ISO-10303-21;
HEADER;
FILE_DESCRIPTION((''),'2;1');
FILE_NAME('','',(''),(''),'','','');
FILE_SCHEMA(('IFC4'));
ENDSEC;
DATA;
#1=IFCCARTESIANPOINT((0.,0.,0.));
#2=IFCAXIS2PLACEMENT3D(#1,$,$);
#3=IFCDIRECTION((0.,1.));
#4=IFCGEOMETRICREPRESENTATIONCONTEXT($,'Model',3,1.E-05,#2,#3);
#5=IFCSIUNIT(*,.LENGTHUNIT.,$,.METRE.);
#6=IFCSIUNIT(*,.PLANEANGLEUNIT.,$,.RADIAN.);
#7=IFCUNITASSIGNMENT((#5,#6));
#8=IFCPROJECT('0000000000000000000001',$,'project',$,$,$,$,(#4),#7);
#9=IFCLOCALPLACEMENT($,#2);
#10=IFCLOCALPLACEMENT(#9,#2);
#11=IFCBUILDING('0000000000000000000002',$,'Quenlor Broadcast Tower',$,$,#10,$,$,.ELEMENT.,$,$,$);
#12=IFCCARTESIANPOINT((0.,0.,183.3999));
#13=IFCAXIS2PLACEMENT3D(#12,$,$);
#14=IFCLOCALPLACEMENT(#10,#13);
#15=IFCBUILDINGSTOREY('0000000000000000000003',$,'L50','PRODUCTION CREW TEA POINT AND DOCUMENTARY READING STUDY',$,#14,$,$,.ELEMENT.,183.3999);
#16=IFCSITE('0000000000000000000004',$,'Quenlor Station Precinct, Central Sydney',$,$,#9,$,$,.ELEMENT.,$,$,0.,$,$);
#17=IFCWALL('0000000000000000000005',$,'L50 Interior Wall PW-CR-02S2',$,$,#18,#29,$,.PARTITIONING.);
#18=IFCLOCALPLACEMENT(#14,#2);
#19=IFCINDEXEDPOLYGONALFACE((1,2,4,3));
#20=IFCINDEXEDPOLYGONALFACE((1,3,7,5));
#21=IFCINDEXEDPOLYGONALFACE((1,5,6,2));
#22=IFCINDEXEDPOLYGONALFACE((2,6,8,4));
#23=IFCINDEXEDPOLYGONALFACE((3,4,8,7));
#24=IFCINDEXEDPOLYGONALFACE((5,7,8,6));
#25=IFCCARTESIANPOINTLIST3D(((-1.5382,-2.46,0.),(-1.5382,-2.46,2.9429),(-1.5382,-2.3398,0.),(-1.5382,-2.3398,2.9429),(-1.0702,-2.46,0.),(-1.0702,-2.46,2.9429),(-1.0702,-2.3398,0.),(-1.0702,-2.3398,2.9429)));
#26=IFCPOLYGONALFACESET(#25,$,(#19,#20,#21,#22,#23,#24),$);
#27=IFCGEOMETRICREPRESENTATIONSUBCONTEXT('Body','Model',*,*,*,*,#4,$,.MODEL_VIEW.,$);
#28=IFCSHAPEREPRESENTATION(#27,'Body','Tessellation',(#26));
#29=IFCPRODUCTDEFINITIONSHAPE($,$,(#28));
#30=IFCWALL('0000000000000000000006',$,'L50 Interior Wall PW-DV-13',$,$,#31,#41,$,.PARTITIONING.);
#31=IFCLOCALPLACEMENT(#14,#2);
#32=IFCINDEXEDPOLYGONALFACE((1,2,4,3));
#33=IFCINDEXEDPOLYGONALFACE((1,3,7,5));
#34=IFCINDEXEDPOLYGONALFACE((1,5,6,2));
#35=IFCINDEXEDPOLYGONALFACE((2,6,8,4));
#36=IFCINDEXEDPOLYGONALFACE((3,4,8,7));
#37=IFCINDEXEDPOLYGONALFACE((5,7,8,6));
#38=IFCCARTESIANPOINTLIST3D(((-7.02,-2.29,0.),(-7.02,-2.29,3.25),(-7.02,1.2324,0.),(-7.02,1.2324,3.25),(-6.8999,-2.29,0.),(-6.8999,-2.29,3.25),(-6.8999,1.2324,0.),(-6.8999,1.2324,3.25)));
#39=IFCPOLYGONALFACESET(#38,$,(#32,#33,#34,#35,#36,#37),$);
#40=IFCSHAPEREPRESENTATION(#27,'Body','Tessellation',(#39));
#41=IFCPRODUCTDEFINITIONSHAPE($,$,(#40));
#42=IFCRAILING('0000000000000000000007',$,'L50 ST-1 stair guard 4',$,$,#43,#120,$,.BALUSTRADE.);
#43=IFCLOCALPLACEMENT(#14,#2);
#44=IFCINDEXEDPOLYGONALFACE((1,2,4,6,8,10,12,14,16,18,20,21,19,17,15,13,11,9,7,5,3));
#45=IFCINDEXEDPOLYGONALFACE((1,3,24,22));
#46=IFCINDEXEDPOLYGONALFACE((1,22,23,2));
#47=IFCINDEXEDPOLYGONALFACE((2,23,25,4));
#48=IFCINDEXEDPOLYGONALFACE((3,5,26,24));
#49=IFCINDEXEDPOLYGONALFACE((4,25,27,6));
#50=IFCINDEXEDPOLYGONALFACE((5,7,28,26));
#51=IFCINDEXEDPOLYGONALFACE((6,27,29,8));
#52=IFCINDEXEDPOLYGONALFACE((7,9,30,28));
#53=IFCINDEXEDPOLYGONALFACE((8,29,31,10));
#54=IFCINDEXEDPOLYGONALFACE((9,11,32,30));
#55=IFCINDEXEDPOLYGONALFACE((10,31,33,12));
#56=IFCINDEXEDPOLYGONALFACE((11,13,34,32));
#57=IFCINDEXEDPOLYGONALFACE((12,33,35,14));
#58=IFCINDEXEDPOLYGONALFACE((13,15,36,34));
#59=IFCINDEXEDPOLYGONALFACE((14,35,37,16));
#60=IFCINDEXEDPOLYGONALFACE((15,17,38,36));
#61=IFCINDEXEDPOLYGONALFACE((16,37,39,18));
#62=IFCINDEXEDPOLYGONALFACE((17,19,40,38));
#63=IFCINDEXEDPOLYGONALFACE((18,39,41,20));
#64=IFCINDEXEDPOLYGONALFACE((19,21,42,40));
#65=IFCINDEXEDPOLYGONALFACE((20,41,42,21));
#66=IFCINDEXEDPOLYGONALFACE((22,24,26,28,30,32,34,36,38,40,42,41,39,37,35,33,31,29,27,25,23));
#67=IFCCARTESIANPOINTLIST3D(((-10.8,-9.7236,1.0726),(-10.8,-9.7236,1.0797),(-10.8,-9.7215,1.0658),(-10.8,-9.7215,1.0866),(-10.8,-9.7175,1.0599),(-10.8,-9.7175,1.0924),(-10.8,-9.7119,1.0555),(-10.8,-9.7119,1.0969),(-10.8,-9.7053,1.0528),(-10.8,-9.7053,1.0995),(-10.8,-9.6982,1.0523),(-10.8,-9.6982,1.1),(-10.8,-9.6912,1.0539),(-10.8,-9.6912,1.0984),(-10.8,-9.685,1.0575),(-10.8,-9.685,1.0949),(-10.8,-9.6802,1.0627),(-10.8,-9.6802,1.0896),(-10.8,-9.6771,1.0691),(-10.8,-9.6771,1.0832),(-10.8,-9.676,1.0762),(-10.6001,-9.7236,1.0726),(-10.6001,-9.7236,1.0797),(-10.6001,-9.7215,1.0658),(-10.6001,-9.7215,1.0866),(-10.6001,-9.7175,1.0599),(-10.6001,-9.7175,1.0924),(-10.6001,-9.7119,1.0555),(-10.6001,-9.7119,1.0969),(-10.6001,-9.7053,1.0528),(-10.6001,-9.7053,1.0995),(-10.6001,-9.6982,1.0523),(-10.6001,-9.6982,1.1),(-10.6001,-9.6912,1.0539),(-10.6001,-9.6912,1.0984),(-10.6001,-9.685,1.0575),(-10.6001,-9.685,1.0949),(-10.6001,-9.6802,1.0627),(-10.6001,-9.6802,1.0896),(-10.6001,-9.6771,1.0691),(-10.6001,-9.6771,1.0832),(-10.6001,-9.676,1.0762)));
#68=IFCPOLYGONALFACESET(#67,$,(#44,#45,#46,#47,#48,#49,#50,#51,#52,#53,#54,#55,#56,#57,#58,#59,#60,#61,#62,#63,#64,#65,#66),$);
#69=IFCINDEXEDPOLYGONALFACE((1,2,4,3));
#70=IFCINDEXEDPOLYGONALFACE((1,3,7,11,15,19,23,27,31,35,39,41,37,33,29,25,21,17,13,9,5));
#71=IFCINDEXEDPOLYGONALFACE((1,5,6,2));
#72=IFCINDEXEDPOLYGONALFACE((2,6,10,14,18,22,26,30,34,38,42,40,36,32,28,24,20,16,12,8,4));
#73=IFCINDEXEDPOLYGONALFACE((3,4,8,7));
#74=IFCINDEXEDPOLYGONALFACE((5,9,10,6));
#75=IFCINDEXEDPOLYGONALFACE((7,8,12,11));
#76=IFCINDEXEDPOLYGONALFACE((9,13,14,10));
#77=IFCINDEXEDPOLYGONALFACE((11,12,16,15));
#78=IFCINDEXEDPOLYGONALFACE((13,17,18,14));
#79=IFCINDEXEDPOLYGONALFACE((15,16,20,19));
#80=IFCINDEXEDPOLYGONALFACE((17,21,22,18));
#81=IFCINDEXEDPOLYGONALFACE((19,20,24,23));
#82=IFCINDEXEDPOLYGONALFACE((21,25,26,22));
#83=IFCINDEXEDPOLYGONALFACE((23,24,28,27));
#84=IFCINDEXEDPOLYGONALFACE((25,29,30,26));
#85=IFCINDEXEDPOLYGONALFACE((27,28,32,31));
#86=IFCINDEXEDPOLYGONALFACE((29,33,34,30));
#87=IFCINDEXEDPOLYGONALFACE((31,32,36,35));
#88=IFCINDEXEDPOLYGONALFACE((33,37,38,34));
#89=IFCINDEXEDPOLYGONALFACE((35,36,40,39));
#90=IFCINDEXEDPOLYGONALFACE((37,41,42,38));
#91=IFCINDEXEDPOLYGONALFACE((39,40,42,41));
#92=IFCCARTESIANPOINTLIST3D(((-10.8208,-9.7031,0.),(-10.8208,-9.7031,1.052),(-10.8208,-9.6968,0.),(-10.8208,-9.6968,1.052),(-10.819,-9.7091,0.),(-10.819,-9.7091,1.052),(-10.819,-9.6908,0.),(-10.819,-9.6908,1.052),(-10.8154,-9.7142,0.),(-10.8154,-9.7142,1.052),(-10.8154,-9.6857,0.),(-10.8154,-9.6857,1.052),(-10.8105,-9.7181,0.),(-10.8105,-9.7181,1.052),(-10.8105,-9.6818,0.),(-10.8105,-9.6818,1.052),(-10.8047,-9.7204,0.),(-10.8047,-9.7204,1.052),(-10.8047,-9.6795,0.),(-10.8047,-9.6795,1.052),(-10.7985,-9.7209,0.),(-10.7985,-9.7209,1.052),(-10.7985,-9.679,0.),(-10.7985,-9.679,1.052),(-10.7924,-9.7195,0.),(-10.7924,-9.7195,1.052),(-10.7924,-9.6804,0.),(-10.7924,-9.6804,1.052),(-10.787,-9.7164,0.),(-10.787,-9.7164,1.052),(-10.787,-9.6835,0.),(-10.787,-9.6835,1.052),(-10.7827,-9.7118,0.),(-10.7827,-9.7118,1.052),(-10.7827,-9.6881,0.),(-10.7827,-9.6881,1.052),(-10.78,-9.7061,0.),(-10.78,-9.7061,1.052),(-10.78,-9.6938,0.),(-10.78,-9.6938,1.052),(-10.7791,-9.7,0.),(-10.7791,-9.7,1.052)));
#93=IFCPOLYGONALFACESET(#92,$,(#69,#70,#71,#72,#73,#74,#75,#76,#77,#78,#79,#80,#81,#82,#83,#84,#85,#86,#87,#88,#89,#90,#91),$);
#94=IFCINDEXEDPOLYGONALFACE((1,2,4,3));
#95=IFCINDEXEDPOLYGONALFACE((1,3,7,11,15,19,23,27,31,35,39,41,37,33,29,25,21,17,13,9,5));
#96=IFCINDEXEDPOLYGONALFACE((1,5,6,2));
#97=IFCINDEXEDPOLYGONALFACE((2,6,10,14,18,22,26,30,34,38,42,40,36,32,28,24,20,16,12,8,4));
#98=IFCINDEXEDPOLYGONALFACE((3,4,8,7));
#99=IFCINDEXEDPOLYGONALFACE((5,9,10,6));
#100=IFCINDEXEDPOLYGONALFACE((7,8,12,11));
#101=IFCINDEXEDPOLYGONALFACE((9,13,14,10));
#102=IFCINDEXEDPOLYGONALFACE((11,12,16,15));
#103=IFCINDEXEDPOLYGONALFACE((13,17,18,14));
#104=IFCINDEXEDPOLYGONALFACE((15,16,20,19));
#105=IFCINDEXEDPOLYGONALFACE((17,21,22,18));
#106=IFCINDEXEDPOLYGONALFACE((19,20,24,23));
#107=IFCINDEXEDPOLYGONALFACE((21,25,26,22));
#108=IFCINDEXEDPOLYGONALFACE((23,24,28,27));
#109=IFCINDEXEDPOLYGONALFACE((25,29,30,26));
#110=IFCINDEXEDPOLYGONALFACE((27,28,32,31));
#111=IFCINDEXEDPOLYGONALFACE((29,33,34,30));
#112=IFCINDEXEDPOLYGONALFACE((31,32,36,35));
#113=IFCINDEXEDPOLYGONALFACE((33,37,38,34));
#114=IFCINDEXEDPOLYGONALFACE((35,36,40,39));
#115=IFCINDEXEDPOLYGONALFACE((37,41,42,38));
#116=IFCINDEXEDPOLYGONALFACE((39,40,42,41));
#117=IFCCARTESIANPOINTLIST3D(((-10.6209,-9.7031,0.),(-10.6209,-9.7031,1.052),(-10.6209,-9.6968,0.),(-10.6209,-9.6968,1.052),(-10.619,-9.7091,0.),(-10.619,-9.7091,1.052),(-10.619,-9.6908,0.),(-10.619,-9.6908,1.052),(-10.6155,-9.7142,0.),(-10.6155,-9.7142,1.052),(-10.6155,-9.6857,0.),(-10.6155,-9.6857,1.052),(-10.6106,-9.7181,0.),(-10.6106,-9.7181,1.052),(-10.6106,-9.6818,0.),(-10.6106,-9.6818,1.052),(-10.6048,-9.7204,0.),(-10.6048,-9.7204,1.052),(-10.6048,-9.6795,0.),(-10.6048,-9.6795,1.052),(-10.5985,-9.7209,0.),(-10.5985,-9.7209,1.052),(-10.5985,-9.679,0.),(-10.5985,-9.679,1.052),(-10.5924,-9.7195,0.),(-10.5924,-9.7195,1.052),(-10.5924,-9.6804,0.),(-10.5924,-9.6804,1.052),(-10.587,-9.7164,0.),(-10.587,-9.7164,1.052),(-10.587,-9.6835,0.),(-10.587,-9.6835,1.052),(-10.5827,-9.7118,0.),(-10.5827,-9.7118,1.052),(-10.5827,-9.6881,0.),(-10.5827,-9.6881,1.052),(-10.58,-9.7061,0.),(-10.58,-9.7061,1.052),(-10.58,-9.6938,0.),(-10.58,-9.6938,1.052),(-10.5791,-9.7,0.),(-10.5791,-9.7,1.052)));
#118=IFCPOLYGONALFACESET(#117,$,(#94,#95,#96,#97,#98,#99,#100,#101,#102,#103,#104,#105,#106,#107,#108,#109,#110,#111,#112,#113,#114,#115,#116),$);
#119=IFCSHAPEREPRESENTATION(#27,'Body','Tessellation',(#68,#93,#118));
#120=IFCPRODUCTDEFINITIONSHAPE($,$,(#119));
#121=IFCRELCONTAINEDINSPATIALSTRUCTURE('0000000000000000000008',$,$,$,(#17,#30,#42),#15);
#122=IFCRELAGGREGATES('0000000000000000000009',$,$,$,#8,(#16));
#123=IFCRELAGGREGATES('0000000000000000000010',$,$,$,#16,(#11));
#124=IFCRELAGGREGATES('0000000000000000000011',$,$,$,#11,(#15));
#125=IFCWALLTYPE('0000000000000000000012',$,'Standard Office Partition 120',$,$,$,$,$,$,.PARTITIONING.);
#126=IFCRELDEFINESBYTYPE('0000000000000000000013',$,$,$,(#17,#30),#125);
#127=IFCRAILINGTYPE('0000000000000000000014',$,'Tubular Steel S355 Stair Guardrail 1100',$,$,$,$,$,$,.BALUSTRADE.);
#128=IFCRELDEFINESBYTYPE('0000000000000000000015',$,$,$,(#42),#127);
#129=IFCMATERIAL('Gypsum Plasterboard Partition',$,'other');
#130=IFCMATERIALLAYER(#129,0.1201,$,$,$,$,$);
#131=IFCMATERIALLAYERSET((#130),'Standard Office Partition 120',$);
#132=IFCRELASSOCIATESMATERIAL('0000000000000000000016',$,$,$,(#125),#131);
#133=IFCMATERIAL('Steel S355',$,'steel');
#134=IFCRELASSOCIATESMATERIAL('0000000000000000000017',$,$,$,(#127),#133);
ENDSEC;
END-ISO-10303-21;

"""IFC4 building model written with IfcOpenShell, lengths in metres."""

from ifc_helpers import new_model, si_unit, direction, frame, frame_2d, origin, origin_2d, place, context, subcontext, project, spatial, rectangle, circle, extrude, material, layer, layer_set, type_object, element, save


model = new_model("IFC4")

# Units and contexts
model_context = context("Model", 3, precision=1e-05, world=origin(), true_north=direction((0.0, 1.0)))
body_context = subcontext(model_context, "Body", "Model", "MODEL_VIEW")
ifc_project = project(units=[si_unit("LENGTHUNIT", "METRE"), si_unit("PLANEANGLEUNIT", "RADIAN")], contexts=[model_context])

# Site, building, storey
site_placement = place(None, origin())
site = spatial("IfcSite", under=ifc_project, at=site_placement, Name="Quenlor Station Precinct, Central Sydney", CompositionType="ELEMENT", RefElevation=0.0)
building_placement = place(site_placement, origin())
building = spatial("IfcBuilding", under=site, at=building_placement, Name="Quenlor Broadcast Tower", CompositionType="ELEMENT")
storey_placement = place(building_placement, frame((0.0, 0.0, 183.3999)))
storey = spatial("IfcBuildingStorey", under=building, at=storey_placement, Name="L50", Description="PRODUCTION CREW TEA POINT AND DOCUMENTARY READING STUDY", CompositionType="ELEMENT", Elevation=183.3999)

# Shared definitions
ifc_material_1 = material(Name="Gypsum Plasterboard Partition", Category="other")
ifc_layer_1 = layer(ifc_material_1, 0.1201)
ifc_layer_set_1 = layer_set([ifc_layer_1], Name="Standard Office Partition 120")
wall_type_1 = type_object("IfcWallType", Name="Standard Office Partition 120", PredefinedType="PARTITIONING", material=ifc_layer_set_1)

# Wall
wall_1_placement = place(storey_placement, frame((-1.5381, -2.3999, 0.0), z_axis=(0.0, 0.0, 1.0), x_axis=(1.0, 0.0, 0.0)))
element("IfcWall", 1, at=wall_1_placement, inside=storey, type_object=wall_type_1, Name="L50 Interior Wall PW-CR-02S2", PredefinedType="PARTITIONING", context=body_context, shape_type="SweptSolid", body=[
    extrude(rectangle(XDim=0.468, YDim=0.1201, at=frame_2d((0.2339, 0.0))), origin(), (0.0, 0.0, 1.0), 2.9429),
])

# Wall
wall_2_placement = place(storey_placement, frame((-6.96, -2.29, 0.0), z_axis=(0.0, 0.0, 1.0), x_axis=(0.0, 1.0, 0.0)))
element("IfcWall", 2, at=wall_2_placement, inside=storey, type_object=wall_type_1, Name="L50 Interior Wall PW-DV-13", PredefinedType="PARTITIONING", context=body_context, shape_type="SweptSolid", body=[
    extrude(rectangle(XDim=3.5225, YDim=0.1201, at=frame_2d((1.7612, 0.0))), origin(), (0.0, 0.0, 1.0), 3.25),
])

# Railing
ifc_material_2 = material(Name="Steel S355", Category="steel")
railing_type = type_object("IfcRailingType", Name="Tubular Steel S355 Stair Guardrail 1100", PredefinedType="BALUSTRADE", material=ifc_material_2)
railing_placement = place(storey_placement, frame((-10.8, -9.7, 0.0)))
element("IfcRailing", 3, at=railing_placement, inside=storey, type_object=railing_type, Name="L50 ST-1 stair guard 4", PredefinedType="BALUSTRADE", context=body_context, shape_type="SweptSolid", body=[
    extrude(circle(Radius=0.0239, at=origin_2d()), frame((0.0, 0.0, 1.0762), z_axis=(1.0, 0.0, 0.0), x_axis=(0.0, 1.0, 0.0)), (0.0, 0.0, 1.0), 0.2),
    extrude(circle(Radius=0.021, at=origin_2d()), origin(), (0.0, 0.0, 1.0), 1.052),
    extrude(circle(Radius=0.021, at=origin_2d()), frame((0.2, 0.0, 0.0)), (0.0, 0.0, 1.0), 1.052),
])

save(model, "model.ifc")
